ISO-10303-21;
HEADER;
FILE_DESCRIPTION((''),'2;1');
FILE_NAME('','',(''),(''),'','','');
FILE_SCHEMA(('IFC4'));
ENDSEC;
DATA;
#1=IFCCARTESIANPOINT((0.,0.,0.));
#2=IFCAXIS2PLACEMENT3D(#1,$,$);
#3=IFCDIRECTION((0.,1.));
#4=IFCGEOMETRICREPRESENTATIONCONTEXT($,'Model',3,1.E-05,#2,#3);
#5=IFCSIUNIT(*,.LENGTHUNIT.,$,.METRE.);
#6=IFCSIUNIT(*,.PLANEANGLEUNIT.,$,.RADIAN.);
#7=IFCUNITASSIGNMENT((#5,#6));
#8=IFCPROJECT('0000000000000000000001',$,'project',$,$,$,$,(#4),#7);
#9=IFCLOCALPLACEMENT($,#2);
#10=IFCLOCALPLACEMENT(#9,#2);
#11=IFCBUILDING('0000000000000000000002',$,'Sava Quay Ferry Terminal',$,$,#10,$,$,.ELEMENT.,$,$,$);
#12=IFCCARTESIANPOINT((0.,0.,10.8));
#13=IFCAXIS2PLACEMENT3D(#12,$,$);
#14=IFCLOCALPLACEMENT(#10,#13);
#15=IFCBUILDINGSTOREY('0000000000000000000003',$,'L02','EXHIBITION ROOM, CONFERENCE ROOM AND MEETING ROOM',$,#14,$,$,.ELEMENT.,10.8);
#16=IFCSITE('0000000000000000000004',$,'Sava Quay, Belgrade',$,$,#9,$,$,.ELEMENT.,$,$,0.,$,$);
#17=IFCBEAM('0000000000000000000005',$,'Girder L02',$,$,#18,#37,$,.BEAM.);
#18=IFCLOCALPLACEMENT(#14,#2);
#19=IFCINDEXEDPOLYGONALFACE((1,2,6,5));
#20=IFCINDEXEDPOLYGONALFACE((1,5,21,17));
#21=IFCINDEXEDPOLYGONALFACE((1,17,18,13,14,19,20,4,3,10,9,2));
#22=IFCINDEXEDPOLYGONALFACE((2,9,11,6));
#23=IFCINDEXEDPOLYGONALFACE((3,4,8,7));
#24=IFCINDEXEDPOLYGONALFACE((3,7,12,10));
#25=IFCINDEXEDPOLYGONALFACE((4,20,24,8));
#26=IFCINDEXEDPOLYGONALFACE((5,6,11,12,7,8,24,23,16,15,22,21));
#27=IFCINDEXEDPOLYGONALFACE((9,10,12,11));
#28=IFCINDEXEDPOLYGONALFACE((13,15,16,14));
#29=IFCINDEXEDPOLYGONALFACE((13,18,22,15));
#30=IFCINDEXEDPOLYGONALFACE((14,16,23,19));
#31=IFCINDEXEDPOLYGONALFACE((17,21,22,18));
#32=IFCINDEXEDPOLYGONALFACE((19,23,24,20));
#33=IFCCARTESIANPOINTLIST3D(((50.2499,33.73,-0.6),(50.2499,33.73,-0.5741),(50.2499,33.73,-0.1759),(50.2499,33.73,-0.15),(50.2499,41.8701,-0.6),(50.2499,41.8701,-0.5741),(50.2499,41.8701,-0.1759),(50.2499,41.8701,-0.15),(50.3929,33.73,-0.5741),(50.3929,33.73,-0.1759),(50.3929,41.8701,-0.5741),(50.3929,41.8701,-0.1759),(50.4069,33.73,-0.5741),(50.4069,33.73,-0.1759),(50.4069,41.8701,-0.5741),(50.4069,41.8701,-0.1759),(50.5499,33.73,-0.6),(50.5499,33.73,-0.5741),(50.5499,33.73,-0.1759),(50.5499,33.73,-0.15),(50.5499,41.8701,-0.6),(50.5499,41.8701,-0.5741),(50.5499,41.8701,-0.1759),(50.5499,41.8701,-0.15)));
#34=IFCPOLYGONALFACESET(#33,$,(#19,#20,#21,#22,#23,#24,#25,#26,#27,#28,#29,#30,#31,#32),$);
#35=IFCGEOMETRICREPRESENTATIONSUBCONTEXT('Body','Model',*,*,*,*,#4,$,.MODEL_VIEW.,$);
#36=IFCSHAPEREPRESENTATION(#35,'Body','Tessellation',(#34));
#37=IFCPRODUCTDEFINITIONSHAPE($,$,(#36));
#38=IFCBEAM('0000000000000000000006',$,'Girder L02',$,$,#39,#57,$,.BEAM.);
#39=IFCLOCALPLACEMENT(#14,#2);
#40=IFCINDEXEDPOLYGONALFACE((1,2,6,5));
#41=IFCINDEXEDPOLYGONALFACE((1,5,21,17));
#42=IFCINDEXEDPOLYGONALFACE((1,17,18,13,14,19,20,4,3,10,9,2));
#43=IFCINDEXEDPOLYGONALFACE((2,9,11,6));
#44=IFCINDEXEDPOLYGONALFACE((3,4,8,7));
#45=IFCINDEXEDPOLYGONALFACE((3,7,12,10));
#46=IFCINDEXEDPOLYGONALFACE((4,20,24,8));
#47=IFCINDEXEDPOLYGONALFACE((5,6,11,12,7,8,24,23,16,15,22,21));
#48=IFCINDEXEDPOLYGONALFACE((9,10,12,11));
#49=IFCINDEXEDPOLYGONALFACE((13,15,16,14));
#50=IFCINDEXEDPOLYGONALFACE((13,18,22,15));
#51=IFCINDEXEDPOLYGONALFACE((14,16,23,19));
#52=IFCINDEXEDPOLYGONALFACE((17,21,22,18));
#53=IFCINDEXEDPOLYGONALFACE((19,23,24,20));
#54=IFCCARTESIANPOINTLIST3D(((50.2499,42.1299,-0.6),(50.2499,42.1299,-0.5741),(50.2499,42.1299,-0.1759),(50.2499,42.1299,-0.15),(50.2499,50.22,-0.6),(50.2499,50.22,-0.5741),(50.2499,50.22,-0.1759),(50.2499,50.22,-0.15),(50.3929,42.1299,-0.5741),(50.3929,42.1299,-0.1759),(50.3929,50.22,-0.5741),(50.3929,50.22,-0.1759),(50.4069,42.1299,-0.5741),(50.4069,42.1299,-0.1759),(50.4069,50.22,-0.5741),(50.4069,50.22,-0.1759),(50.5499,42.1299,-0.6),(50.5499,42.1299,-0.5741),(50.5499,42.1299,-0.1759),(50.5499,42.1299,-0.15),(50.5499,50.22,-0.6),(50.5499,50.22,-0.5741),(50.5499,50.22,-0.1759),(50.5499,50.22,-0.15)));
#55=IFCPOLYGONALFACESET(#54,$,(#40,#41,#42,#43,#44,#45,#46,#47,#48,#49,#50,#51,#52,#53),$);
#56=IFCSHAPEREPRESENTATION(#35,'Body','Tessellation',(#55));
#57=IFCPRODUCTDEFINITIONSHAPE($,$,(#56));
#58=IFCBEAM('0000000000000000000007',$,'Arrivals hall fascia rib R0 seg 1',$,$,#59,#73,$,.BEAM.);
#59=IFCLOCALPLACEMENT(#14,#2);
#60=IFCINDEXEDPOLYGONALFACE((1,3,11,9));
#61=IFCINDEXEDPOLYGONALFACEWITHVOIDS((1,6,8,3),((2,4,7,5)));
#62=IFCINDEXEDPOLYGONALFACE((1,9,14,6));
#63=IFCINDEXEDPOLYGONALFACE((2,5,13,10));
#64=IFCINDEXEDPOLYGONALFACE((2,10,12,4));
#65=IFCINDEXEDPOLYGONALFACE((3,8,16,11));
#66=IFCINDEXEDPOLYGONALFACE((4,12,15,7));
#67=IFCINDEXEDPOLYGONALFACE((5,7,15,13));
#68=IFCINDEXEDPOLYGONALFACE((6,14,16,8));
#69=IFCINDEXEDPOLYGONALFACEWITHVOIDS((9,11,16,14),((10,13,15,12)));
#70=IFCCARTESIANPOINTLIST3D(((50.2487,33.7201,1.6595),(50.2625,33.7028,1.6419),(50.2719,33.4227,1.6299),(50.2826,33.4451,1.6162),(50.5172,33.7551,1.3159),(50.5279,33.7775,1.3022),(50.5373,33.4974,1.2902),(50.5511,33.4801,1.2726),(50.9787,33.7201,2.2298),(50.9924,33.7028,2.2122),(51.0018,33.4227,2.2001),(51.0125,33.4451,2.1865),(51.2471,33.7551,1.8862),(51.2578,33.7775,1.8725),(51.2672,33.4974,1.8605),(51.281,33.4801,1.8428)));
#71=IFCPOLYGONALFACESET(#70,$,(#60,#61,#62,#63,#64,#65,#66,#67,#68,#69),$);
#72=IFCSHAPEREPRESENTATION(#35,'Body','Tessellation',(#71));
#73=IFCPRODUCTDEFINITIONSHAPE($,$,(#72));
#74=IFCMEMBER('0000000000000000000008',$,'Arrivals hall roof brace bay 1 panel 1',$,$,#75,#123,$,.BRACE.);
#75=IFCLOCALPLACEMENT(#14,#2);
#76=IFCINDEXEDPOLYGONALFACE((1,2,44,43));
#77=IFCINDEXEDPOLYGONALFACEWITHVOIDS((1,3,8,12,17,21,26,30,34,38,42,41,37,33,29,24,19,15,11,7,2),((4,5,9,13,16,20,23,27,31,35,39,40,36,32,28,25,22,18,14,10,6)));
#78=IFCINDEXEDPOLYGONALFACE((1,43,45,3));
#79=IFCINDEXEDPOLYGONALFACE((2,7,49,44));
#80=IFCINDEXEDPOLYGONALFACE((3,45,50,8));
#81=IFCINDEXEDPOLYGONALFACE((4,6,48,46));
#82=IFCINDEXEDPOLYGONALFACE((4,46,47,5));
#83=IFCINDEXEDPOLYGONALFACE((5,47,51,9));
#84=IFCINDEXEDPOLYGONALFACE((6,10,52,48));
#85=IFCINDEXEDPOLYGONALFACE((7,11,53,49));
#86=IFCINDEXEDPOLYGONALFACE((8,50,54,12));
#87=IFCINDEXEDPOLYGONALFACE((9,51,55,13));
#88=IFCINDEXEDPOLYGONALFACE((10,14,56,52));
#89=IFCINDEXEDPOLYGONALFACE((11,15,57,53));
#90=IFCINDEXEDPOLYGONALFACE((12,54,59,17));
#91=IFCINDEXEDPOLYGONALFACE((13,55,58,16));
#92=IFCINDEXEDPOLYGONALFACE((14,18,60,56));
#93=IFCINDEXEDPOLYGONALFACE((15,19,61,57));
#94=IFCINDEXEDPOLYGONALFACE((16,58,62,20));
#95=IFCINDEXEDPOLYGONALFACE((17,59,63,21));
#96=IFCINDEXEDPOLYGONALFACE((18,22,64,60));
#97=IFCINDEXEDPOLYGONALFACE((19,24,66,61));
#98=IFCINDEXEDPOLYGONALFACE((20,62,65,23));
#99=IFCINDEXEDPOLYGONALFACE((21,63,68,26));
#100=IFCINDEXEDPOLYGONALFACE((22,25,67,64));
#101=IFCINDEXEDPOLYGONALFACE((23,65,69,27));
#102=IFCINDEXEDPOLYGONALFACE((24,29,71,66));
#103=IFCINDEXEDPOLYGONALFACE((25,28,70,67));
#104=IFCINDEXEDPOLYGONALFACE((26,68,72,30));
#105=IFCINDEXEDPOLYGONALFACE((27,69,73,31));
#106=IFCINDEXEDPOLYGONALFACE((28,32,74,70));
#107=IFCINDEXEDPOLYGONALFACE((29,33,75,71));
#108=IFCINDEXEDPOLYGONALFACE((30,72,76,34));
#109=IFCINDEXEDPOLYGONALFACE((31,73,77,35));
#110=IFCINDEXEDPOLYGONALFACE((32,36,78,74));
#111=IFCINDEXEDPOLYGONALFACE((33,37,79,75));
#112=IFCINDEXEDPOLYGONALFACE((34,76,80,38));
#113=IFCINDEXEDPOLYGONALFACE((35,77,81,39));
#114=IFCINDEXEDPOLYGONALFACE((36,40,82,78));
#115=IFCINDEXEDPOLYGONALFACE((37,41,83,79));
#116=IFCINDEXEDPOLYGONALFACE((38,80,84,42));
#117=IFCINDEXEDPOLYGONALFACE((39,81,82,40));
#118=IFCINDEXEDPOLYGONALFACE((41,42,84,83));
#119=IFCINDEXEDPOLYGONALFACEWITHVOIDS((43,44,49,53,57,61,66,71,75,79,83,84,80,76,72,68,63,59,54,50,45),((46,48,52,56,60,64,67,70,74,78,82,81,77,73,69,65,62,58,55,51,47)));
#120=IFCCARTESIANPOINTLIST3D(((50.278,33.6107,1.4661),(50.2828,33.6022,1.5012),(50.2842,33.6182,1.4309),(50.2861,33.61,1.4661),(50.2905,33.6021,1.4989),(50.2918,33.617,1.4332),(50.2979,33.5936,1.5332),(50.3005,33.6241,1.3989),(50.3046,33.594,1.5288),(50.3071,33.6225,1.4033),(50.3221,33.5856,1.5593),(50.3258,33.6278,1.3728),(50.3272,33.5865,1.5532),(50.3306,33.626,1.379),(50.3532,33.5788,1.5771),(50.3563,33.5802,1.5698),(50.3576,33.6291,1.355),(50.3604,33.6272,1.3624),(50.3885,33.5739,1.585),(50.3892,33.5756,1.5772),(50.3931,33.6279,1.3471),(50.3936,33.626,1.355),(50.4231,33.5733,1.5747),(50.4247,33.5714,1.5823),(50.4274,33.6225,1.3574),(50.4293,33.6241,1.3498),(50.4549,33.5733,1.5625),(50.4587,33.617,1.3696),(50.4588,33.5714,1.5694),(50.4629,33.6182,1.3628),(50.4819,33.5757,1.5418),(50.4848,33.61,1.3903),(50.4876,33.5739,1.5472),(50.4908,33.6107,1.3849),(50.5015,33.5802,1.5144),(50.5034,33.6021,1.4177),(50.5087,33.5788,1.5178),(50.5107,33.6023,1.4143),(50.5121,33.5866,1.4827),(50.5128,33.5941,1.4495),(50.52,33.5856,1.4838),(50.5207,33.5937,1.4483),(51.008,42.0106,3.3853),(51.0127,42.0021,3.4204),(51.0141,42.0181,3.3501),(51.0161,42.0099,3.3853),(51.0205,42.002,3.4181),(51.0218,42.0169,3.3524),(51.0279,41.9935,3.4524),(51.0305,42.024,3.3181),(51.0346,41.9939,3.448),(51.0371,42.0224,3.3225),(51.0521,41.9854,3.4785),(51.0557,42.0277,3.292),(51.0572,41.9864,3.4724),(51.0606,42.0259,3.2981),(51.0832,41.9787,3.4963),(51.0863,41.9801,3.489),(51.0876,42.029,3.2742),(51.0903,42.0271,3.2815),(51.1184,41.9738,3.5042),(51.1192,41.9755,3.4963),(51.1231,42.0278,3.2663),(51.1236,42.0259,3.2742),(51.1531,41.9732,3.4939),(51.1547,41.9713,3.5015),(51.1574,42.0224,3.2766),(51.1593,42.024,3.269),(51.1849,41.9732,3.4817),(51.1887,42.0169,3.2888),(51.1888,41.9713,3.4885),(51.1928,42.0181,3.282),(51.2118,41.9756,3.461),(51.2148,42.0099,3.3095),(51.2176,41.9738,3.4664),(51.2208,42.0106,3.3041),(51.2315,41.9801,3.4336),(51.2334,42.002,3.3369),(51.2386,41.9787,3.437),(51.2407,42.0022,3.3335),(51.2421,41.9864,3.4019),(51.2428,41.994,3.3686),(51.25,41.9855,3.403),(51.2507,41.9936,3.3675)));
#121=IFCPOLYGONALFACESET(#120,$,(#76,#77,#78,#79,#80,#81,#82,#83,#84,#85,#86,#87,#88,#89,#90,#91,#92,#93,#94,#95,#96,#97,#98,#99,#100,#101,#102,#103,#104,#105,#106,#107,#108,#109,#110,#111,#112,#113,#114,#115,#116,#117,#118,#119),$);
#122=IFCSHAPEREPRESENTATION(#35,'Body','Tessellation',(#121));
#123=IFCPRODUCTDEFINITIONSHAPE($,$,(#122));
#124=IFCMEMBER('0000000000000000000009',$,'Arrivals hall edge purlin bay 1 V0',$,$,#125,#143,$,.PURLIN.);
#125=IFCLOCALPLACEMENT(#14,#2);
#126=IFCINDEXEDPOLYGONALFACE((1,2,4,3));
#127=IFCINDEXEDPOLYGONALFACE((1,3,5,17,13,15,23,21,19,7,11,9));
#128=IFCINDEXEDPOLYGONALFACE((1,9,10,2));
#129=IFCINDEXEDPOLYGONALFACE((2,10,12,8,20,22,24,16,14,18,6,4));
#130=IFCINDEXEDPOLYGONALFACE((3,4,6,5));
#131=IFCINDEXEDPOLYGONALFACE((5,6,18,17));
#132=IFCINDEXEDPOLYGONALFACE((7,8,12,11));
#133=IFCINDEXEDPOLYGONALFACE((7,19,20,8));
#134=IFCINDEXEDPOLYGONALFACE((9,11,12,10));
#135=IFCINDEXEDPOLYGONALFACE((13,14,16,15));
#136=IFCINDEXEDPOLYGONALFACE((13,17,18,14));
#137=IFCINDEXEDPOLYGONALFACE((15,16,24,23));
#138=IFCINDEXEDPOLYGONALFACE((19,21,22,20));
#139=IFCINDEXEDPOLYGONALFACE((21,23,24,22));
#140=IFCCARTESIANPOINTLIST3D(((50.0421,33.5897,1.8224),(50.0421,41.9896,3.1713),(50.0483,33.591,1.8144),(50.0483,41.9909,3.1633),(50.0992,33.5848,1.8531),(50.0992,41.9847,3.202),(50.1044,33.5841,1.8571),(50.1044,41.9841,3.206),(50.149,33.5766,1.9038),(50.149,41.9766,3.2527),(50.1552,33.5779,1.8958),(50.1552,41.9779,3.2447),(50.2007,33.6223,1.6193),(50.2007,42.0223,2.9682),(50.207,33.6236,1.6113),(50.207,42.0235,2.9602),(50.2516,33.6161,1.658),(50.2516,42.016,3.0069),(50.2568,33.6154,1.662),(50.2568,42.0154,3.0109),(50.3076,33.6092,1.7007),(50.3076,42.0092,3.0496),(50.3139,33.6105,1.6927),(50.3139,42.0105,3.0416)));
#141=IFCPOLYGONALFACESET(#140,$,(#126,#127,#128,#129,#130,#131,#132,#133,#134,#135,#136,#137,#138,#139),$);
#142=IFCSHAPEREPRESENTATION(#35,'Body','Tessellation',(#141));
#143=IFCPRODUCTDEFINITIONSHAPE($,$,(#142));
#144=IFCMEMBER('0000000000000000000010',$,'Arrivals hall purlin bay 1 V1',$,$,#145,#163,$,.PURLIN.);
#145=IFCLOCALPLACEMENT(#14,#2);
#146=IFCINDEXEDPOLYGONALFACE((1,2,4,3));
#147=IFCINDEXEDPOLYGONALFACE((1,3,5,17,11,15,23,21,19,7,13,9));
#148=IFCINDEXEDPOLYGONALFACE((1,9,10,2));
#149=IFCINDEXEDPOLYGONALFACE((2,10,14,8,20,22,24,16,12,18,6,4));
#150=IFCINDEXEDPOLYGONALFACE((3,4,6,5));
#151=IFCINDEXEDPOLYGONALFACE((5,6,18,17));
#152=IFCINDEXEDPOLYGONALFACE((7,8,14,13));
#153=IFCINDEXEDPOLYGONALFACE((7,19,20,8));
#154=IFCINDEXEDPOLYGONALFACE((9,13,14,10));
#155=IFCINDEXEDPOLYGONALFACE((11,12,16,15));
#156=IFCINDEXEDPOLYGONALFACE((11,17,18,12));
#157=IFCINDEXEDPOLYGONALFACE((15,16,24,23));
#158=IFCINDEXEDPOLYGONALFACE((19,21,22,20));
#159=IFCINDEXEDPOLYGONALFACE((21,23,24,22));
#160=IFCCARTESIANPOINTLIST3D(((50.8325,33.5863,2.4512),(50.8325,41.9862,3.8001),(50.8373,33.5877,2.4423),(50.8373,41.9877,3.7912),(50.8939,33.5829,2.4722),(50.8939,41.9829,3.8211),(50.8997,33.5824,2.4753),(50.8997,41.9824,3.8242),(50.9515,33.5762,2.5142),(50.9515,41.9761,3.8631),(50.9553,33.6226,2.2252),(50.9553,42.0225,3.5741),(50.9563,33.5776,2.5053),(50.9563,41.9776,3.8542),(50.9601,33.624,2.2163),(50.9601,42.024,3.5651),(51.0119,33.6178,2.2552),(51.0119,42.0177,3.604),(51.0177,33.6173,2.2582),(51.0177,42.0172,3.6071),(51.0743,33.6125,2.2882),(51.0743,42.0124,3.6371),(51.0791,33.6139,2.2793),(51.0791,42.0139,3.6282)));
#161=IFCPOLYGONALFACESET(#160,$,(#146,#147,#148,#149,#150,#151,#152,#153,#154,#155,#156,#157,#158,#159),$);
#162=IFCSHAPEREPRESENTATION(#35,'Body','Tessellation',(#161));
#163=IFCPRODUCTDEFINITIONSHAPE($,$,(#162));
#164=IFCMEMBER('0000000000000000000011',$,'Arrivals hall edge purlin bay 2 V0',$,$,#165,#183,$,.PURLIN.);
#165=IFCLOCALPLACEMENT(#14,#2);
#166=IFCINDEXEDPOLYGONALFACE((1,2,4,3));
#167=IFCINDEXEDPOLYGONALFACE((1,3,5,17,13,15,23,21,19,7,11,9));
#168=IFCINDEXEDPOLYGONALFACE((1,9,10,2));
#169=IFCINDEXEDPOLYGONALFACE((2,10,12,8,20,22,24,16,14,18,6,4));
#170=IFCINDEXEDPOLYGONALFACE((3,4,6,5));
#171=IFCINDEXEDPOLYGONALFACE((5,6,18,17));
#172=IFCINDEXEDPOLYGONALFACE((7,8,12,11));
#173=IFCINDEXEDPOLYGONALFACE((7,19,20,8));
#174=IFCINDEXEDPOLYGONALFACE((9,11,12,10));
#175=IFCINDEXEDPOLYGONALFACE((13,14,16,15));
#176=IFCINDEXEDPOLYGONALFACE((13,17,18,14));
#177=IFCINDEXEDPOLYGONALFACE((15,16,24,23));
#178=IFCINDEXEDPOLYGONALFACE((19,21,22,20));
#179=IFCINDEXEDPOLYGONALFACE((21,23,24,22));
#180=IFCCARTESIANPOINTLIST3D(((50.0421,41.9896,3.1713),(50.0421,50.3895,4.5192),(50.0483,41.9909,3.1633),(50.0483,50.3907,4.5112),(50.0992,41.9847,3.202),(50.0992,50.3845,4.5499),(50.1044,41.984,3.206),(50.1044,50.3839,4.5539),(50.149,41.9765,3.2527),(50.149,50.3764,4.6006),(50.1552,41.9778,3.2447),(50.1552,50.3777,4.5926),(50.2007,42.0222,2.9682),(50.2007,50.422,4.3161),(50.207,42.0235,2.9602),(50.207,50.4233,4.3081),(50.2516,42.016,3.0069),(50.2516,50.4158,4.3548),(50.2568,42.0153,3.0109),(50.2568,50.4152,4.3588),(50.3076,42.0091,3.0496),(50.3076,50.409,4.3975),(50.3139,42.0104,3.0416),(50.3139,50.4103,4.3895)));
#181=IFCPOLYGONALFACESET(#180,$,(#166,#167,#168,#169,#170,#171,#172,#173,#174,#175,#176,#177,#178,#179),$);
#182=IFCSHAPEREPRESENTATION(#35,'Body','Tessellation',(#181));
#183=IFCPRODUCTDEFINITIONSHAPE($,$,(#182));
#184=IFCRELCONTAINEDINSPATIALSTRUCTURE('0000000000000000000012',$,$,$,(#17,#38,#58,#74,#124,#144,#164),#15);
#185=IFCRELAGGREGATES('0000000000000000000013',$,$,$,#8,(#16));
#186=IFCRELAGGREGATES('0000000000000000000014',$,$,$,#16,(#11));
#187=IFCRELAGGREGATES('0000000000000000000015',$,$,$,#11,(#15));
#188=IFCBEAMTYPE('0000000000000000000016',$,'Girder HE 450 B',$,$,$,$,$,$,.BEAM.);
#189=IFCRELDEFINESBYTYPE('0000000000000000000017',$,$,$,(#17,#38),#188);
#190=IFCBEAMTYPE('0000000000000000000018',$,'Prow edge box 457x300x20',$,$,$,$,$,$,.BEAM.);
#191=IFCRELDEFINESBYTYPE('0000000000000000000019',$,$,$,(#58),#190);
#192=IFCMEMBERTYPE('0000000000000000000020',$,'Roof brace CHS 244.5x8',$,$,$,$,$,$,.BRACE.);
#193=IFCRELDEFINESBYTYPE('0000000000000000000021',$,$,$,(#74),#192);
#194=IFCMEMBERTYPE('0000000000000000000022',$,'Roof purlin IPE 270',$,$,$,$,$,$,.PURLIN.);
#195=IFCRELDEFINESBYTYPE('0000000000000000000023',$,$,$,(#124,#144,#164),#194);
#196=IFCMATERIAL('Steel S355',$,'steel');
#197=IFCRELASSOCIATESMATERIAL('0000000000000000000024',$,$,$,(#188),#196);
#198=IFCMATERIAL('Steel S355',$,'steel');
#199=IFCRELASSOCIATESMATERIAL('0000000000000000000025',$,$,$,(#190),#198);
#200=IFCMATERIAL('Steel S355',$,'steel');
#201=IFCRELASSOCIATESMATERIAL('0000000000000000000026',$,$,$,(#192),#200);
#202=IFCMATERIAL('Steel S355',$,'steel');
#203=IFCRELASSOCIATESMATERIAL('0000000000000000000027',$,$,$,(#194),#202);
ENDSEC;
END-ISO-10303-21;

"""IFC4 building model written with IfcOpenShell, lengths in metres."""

from ifc_helpers import new_model, si_unit, direction, frame, origin, origin_2d, place, context, subcontext, project, spatial, polyline, hollow_circle, i_section, outline, extrude, material, material_profile, profile_set, type_object, element, save


model = new_model("IFC4")

# Units and contexts
model_context = context("Model", 3, precision=1e-05, world=origin(), true_north=direction((0.0, 1.0)))
body_context = subcontext(model_context, "Body", "Model", "MODEL_VIEW")
ifc_project = project(units=[si_unit("LENGTHUNIT", "METRE"), si_unit("PLANEANGLEUNIT", "RADIAN")], contexts=[model_context])

# Site, building, storey
site_placement = place(None, origin())
site = spatial("IfcSite", under=ifc_project, at=site_placement, Name="Sava Quay, Belgrade", CompositionType="ELEMENT", RefElevation=0.0)
building_placement = place(site_placement, origin())
building = spatial("IfcBuilding", under=site, at=building_placement, Name="Sava Quay Ferry Terminal", CompositionType="ELEMENT")
storey_placement = place(building_placement, frame((0.0, 0.0, 10.8)))
storey = spatial("IfcBuildingStorey", under=building, at=storey_placement, Name="L02", Description="EXHIBITION ROOM, CONFERENCE ROOM AND MEETING ROOM", CompositionType="ELEMENT", Elevation=10.8)

# Beams
ifc_material_1 = material(Name="Steel S355", Category="steel")
ifc_material_profile_1 = material_profile(ifc_material_1, i_section(OverallWidth=0.3, OverallDepth=0.45, WebThickness=0.0139, FlangeThickness=0.0259, at=origin_2d()), Name="HE 450 B")
ifc_profile_set_1 = profile_set([ifc_material_profile_1], Name="Steel S355")
beam_type_1 = type_object("IfcBeamType", Name="Girder HE 450 B", PredefinedType="BEAM", material=ifc_profile_set_1)
beam_1_placement = place(storey_placement, frame((50.3999, 33.73, -0.375), z_axis=(0.0, 1.0, 0.0), x_axis=(-1.0, 0.0, 0.0)))
element("IfcBeam", 1, at=beam_1_placement, inside=storey, type_object=beam_type_1, Name="Girder L02", PredefinedType="BEAM", context=body_context, shape_type="SweptSolid", body=[
    extrude(i_section(OverallWidth=0.3, OverallDepth=0.45, WebThickness=0.0139, FlangeThickness=0.0259, at=origin_2d()), origin(), (0.0, 0.0, 1.0), 8.1401),
])
beam_2_placement = place(storey_placement, frame((50.3999, 42.1299, -0.375), z_axis=(0.0, 1.0, 0.0), x_axis=(-1.0, 0.0, 0.0)))
element("IfcBeam", 2, at=beam_2_placement, inside=storey, type_object=beam_type_1, Name="Girder L02", PredefinedType="BEAM", context=body_context, shape_type="SweptSolid", body=[
    extrude(i_section(OverallWidth=0.3, OverallDepth=0.45, WebThickness=0.0139, FlangeThickness=0.0259, at=origin_2d()), origin(), (0.0, 0.0, 1.0), 8.0901),
])
ifc_material_2 = material(Name="Steel S355", Category="steel")
ifc_material_profile_2 = material_profile(ifc_material_2, outline(polyline([(-0.1499, -0.2285), (0.1499, -0.2285), (0.1499, 0.2285), (-0.1499, 0.2285), (-0.1499, -0.2285)]), holes=[polyline([(-0.1299, -0.2085), (-0.1299, 0.2085), (0.1299, 0.2085), (0.1299, -0.2085), (-0.1299, -0.2085)])]), Name="Box 457x300x20 built-up")
ifc_profile_set_2 = profile_set([ifc_material_profile_2], Name="Steel S355")
beam_type_2 = type_object("IfcBeamType", Name="Prow edge box 457x300x20", PredefinedType="BEAM", material=ifc_profile_set_2)
beam_3_placement = place(storey_placement, frame((50.3999, 33.6001, 1.4661), z_axis=(0.788016, 0.0, 0.615654), x_axis=(-0.077295, 0.992087, 0.098935)))
element("IfcBeam", 3, at=beam_3_placement, inside=storey, type_object=beam_type_2, Name="Arrivals hall fascia rib R0 seg 1", PredefinedType="BEAM", context=body_context, shape_type="SweptSolid", body=[
    extrude(outline(polyline([(-0.1499, -0.2285), (0.1499, -0.2285), (0.1499, 0.2285), (-0.1499, 0.2285), (-0.1499, -0.2285)]), holes=[polyline([(-0.1299, -0.2085), (-0.1299, 0.2085), (0.1299, 0.2085), (0.1299, -0.2085), (-0.1299, -0.2085)])]), origin(), (0.0, 0.0, 1.0), 0.9263),
])

# Members
ifc_material_3 = material(Name="Steel S355", Category="steel")
ifc_material_profile_3 = material_profile(ifc_material_3, hollow_circle(Radius=0.1223, WallThickness=0.0081, at=origin_2d()), Name="CHS 244.5 x 8.0")
ifc_profile_set_3 = profile_set([ifc_material_profile_3], Name="Steel S355")
member_type_1 = type_object("IfcMemberType", Name="Roof brace CHS 244.5x8", PredefinedType="BRACE", material=ifc_profile_set_3)
member_placement = place(storey_placement, frame((50.3999, 33.6001, 1.4661), z_axis=(0.084418, 0.971398, 0.221943), x_axis=(-0.996245, 0.086577, 0.0)))
element("IfcMember", 4, at=member_placement, inside=storey, type_object=member_type_1, Name="Arrivals hall roof brace bay 1 panel 1", PredefinedType="BRACE", context=body_context, shape_type="SweptSolid", body=[
    extrude(hollow_circle(Radius=0.1223, WallThickness=0.0081, at=origin_2d()), origin(), (0.0, 0.0, 1.0), 8.6472),
])
ifc_material_4 = material(Name="Steel S355", Category="steel")
ifc_material_profile_4 = material_profile(ifc_material_4, i_section(OverallWidth=0.135, OverallDepth=0.27, WebThickness=0.0066, FlangeThickness=0.0103, at=origin_2d()), Name="IPE 270")
ifc_profile_set_4 = profile_set([ifc_material_profile_4], Name="Steel S355")
member_type_2 = type_object("IfcMemberType", Name="Roof purlin IPE 270", PredefinedType="PURLIN", material=ifc_profile_set_4)
for number, where, z_axis, x_axis, name in (
    (5, (50.178, 33.6001, 1.7576), (0.0, 0.987351, 0.158551), (-0.791793, 0.096841, -0.603064), "Arrivals hall edge purlin bay 1 V0"),
    (6, (50.9558, 33.6001, 2.3652), (0.0, 0.987351, 0.158551), (-0.881208, 0.074952, -0.46675), "Arrivals hall purlin bay 1 V1"),
):
    element("IfcMember", number, at=place(storey_placement, frame(where, z_axis=z_axis, x_axis=x_axis)), inside=storey, type_object=member_type_2, Name=name, PredefinedType="PURLIN", context=body_context, shape_type="SweptSolid", body=[
        extrude(i_section(OverallWidth=0.135, OverallDepth=0.27, WebThickness=0.0066, FlangeThickness=0.0103, at=origin_2d()), origin(), (0.0, 0.0, 1.0), 8.5076),
    ])
for number, where, z_axis, x_axis, name in (
    (7, (50.178, 42.0, 3.1064), (0.0, 0.987369, 0.158439), (-0.791787, 0.096774, -0.603082), "Arrivals hall edge purlin bay 2 V0"),
):
    element("IfcMember", number, at=place(storey_placement, frame(where, z_axis=z_axis, x_axis=x_axis)), inside=storey, type_object=member_type_2, Name=name, PredefinedType="PURLIN", context=body_context, shape_type="SweptSolid", body=[
        extrude(i_section(OverallWidth=0.135, OverallDepth=0.27, WebThickness=0.0066, FlangeThickness=0.0103, at=origin_2d()), origin(), (0.0, 0.0, 1.0), 8.5073),
    ])

save(model, "model.ifc")
